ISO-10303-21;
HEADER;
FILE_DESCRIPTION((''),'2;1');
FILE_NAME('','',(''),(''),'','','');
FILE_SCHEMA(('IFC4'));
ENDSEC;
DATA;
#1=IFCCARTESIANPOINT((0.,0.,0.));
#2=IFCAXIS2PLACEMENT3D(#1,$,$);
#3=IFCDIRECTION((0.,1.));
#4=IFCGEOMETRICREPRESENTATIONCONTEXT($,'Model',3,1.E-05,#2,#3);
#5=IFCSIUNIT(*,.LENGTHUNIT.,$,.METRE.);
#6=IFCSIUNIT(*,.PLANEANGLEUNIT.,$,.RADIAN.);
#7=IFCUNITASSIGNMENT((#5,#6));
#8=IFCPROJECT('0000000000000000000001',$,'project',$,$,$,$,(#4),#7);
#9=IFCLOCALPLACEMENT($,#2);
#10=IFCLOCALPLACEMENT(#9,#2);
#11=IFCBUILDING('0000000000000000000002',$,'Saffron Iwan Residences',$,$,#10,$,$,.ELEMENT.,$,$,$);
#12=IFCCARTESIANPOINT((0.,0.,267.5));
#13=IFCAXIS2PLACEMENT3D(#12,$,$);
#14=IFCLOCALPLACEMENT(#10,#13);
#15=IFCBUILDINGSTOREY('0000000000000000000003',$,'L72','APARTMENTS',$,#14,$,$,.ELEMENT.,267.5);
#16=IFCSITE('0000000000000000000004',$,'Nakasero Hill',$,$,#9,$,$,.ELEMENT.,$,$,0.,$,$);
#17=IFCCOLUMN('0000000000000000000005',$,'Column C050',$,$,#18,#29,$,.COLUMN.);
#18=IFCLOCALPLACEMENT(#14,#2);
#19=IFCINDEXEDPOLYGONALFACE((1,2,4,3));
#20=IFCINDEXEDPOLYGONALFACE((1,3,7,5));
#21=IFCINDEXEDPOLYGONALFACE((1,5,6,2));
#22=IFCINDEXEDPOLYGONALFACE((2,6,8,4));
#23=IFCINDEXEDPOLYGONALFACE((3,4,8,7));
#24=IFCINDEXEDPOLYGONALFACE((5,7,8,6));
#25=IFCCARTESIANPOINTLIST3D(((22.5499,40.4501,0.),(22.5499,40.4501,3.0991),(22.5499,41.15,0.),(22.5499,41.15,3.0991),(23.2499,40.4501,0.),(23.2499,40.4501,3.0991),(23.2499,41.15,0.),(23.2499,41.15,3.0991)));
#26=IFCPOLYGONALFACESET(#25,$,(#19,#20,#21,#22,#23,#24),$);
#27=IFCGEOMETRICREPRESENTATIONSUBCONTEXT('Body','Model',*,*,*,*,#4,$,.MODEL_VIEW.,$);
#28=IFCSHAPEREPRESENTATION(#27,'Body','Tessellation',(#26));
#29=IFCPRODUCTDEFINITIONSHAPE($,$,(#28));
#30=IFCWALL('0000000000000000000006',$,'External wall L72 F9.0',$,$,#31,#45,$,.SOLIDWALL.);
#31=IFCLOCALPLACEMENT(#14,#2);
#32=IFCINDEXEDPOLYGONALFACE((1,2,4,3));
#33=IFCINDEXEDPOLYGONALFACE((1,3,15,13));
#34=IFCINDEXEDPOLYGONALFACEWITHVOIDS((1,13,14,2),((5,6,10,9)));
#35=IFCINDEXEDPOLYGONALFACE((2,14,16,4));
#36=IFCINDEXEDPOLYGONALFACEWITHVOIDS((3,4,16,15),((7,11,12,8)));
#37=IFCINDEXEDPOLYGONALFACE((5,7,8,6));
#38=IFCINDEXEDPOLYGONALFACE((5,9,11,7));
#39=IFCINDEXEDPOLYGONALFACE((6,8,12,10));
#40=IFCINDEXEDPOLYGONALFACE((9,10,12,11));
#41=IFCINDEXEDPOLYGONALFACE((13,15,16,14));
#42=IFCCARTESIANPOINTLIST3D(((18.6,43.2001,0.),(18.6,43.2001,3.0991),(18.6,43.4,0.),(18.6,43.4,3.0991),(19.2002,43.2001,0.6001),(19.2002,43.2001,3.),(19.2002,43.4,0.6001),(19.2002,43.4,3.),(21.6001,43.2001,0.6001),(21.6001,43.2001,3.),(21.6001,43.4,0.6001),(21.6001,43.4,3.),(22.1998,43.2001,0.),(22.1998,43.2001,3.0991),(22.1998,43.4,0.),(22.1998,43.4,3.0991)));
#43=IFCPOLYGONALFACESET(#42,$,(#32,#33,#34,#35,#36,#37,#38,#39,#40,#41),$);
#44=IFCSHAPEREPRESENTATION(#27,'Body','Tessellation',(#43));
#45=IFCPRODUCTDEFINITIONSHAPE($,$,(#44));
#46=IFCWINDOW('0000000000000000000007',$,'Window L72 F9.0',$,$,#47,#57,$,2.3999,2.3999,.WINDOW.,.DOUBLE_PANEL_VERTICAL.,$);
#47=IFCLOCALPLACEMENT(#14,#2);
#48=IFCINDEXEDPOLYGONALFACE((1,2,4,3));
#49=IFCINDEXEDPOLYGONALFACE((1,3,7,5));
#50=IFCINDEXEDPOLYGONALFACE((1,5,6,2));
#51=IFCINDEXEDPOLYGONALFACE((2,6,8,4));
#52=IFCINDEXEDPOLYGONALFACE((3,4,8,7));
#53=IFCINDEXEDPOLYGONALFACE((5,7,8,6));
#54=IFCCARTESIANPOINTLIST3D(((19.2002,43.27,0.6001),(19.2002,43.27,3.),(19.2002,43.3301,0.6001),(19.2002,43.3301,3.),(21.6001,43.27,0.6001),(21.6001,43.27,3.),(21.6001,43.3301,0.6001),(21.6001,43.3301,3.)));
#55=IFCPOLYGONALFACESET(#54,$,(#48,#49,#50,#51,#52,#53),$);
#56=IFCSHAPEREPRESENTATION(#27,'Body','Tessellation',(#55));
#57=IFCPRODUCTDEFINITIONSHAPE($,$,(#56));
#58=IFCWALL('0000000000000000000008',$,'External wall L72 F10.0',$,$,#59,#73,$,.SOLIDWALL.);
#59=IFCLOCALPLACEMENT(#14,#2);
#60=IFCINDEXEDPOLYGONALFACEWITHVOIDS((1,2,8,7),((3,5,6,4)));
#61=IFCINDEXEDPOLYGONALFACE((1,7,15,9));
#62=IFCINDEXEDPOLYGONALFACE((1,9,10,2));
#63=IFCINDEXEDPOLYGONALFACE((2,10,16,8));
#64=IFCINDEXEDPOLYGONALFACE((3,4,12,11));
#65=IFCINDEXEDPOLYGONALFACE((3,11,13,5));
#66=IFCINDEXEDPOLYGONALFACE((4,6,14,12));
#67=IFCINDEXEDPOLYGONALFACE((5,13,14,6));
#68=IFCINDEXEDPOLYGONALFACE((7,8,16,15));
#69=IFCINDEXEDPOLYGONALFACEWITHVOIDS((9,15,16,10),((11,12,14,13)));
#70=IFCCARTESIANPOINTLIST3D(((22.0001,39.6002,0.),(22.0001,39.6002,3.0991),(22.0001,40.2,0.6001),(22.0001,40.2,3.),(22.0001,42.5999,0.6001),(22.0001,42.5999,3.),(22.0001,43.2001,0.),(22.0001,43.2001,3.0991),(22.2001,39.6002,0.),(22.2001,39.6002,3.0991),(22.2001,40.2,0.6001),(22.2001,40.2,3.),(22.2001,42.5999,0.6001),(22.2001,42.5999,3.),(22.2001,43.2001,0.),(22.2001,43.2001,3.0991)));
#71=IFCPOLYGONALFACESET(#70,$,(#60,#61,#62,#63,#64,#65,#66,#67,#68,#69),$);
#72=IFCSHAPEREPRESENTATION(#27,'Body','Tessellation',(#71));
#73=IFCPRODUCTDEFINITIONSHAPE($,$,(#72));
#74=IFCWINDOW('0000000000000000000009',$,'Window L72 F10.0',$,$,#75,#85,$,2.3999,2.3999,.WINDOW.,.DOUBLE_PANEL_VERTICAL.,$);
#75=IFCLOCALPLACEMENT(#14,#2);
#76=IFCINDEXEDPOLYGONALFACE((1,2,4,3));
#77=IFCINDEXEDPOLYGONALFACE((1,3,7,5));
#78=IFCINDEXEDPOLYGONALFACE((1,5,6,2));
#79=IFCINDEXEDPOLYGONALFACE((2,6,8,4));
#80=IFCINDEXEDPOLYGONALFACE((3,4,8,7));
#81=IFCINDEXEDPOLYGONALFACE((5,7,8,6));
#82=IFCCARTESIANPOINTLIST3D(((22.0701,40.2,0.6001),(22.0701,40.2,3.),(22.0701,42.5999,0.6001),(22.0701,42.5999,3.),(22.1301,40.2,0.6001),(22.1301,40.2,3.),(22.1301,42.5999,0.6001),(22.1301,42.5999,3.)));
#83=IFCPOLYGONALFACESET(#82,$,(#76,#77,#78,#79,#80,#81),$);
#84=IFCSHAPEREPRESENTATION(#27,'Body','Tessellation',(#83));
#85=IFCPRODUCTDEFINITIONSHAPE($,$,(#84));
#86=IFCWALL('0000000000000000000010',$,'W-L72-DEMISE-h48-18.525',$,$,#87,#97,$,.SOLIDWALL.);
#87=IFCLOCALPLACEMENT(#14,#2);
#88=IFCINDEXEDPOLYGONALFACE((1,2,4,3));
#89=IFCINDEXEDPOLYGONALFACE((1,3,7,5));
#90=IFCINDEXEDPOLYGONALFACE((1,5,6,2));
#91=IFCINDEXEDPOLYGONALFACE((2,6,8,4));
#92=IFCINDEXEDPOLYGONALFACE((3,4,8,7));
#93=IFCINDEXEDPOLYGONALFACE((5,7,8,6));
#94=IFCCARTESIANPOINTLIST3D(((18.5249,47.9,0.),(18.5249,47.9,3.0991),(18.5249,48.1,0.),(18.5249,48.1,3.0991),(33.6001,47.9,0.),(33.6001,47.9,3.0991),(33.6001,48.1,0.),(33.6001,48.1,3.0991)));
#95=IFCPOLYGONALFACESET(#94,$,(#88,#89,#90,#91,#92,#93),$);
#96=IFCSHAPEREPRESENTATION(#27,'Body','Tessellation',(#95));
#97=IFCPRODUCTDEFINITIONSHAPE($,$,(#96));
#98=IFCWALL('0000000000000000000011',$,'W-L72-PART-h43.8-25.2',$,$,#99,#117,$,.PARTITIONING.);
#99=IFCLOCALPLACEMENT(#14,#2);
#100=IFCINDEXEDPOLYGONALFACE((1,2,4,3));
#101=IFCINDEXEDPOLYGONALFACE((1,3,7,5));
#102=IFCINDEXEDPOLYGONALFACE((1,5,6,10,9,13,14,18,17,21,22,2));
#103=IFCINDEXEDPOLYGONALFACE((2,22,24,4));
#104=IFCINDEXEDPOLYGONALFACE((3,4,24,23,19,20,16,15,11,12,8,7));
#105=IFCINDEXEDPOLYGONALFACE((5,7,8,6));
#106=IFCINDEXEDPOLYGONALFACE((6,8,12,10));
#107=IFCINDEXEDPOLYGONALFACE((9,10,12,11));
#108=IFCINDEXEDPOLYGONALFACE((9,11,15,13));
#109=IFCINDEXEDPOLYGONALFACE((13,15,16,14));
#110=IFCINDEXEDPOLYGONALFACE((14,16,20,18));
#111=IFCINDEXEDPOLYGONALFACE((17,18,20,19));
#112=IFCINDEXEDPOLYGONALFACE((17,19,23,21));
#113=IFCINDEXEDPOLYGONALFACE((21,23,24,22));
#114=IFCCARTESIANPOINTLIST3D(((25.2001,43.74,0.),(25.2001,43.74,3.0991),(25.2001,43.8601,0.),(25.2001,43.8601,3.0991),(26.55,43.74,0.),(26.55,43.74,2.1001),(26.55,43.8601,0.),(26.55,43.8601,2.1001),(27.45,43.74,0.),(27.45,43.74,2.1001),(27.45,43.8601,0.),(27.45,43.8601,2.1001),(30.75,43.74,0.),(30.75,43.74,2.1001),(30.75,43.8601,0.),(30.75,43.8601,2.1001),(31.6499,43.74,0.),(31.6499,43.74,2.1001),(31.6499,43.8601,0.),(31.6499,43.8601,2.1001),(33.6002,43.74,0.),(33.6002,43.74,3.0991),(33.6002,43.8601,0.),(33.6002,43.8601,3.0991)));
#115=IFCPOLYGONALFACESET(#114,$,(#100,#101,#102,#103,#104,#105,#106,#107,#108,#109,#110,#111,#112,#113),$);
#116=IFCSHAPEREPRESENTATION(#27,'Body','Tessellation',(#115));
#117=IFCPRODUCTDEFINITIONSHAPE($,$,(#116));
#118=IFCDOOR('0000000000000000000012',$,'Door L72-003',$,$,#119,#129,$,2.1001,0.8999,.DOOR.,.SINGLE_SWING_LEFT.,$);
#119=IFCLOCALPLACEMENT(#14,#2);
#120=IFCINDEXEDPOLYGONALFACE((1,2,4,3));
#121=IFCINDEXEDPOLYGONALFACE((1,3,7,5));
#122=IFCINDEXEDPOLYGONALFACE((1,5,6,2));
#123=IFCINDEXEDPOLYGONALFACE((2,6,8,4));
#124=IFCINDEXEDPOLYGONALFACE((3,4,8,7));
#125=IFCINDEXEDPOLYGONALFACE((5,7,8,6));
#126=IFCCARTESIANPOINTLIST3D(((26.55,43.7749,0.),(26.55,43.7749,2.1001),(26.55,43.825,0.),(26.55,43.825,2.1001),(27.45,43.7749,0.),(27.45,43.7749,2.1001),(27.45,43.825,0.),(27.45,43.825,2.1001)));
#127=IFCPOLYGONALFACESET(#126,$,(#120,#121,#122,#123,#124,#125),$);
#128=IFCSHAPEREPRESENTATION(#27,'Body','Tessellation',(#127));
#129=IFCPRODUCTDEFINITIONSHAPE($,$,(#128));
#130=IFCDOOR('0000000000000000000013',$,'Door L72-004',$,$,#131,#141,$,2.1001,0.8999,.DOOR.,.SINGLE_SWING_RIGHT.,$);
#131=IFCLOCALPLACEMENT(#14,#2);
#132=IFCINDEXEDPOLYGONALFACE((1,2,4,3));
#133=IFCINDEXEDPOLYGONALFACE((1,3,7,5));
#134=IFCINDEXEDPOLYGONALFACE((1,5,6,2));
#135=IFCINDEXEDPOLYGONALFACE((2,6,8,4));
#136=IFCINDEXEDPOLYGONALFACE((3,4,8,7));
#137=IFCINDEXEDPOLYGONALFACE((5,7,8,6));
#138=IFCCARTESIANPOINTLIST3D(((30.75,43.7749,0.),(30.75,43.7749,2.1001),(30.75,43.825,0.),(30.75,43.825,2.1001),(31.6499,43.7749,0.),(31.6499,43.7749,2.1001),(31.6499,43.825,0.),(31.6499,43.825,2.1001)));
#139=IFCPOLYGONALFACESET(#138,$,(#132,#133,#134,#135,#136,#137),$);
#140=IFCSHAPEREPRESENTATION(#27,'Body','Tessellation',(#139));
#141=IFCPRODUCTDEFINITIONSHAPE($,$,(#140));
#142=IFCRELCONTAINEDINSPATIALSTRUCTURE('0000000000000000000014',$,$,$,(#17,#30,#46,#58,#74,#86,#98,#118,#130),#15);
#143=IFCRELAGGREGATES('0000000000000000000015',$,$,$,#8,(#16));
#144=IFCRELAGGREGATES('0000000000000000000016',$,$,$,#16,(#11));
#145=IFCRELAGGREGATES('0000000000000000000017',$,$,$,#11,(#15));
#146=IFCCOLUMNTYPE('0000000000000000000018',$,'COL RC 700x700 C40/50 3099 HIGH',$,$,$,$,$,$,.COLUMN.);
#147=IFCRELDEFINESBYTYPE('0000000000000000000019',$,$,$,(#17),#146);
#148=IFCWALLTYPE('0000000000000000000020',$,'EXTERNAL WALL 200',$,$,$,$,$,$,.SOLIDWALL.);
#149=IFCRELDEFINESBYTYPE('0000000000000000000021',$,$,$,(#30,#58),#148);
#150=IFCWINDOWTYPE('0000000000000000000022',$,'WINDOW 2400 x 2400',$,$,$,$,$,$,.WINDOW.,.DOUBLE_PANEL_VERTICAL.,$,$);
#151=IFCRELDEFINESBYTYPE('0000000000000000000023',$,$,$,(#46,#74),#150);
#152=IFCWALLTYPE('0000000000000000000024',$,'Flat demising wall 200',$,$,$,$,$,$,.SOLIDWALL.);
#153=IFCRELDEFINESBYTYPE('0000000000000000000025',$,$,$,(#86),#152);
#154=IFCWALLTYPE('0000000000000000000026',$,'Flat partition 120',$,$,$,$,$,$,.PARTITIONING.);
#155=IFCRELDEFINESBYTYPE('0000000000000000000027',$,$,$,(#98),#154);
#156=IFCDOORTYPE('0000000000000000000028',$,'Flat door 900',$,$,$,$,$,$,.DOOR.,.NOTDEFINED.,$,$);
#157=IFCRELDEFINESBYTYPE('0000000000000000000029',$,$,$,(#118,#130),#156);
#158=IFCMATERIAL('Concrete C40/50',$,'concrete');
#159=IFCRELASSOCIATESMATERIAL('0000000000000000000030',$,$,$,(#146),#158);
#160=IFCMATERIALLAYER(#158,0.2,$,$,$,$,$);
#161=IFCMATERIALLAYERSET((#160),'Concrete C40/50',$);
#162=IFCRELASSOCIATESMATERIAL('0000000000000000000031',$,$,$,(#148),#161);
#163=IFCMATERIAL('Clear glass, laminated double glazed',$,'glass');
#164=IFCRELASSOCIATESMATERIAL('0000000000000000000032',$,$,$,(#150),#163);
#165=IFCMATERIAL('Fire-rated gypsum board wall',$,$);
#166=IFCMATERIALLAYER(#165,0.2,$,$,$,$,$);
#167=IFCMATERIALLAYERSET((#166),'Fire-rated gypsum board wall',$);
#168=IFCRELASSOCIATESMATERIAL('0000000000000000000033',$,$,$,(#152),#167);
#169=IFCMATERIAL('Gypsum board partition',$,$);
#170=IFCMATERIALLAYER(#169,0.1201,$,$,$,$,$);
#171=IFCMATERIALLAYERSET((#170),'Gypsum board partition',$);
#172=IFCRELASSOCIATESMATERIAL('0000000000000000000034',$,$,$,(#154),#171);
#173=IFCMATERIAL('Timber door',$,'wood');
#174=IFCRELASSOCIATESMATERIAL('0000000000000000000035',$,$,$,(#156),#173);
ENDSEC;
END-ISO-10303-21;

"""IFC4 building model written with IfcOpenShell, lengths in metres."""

from ifc_helpers import new_model, si_unit, direction, frame, frame_2d, origin, origin_2d, place, context, subcontext, project, spatial, rectangle, extrude, source, transform, mapped, material, layer, layer_set, material_profile, profile_set, type_object, element, fill, save


model = new_model("IFC4")

# Units and contexts
model_context = context("Model", 3, precision=1e-05, world=origin(), true_north=direction((0.0, 1.0)))
body_context = subcontext(model_context, "Body", "Model", "MODEL_VIEW")
ifc_project = project(units=[si_unit("LENGTHUNIT", "METRE"), si_unit("PLANEANGLEUNIT", "RADIAN")], contexts=[model_context])

# Site, building, storey
site_placement = place(None, origin())
site = spatial("IfcSite", under=ifc_project, at=site_placement, Name="Nakasero Hill", CompositionType="ELEMENT", RefElevation=0.0)
building_placement = place(site_placement, origin())
building = spatial("IfcBuilding", under=site, at=building_placement, Name="Saffron Iwan Residences", CompositionType="ELEMENT")
storey_placement = place(building_placement, frame((0.0, 0.0, 267.5)))
storey = spatial("IfcBuildingStorey", under=building, at=storey_placement, Name="L72", Description="APARTMENTS", CompositionType="ELEMENT", Elevation=267.5)

# Column
ifc_material_1 = material(Name="Concrete C40/50", Category="concrete")
ifc_material_profile = material_profile(ifc_material_1, rectangle(XDim=0.7, YDim=0.7, at=origin_2d()), Name="RC 700x700")
ifc_profile_set = profile_set([ifc_material_profile], Name="Concrete C40/50")
column_type = type_object("IfcColumnType", Name="COL RC 700x700 C40/50 3099 HIGH", PredefinedType="COLUMN", material=ifc_profile_set)
shared_shape = source(origin(), body_context, "Body", "SweptSolid", [
    extrude(rectangle(XDim=0.7, YDim=0.7, at=origin_2d()), origin(), (0.0, 0.0, 1.0), 3.0991),
])
column_placement = place(storey_placement, frame((22.8999, 40.8, 0.0), z_axis=(0.0, 0.0, 1.0), x_axis=(1.0, 0.0, 0.0)))
element("IfcColumn", 1, at=column_placement, inside=storey, type_object=column_type, Name="Column C050", PredefinedType="COLUMN", context=body_context, shape_type="MappedRepresentation", body=[
    mapped(shared_shape, transform((0.0, 0.0, 0.0))),
])

# Walls, openings, windows
ifc_layer_1 = layer(ifc_material_1, 0.2)
ifc_layer_set_1 = layer_set([ifc_layer_1], Name="Concrete C40/50")
wall_type_1 = type_object("IfcWallType", Name="EXTERNAL WALL 200", PredefinedType="SOLIDWALL", material=ifc_layer_set_1)
wall_1_placement = place(storey_placement, frame((18.6001, 43.3, 0.0), z_axis=(0.0, 0.0, 1.0), x_axis=(1.0, 0.0, 0.0)))
wall_1 = element("IfcWall", 2, at=wall_1_placement, inside=storey, type_object=wall_type_1, Name="External wall L72 F9.0", PredefinedType="SOLIDWALL", context=body_context, shape_type="SweptSolid", body=[
    extrude(rectangle(XDim=3.5999, YDim=0.2, at=frame_2d((1.7998, 0.0))), origin(), (0.0, 0.0, 1.0), 3.0991),
])
opening_1_placement = place(wall_1_placement, frame((0.6001, 0.0, 0.6001)))
opening_1 = element("IfcOpeningElement", 3, at=opening_1_placement, cuts=wall_1, PredefinedType="OPENING", context=body_context, shape_type="SweptSolid", body=[
    extrude(rectangle(XDim=2.3999, YDim=2.3999, at=frame_2d((1.2, 1.2))), frame((0.0, 0.1099, 0.0), z_axis=(0.0, -1.0, 0.0), x_axis=(1.0, 0.0, 0.0)), (0.0, 0.0, 1.0), 0.22),
])
ifc_material_2 = material(Name="Clear glass, laminated double glazed", Category="glass")
window_type = type_object("IfcWindowType", Name="WINDOW 2400 x 2400", PartitioningType="DOUBLE_PANEL_VERTICAL", PredefinedType="WINDOW", material=ifc_material_2)
window_1_placement = place(opening_1_placement, origin())
window_1 = element("IfcWindow", 4, at=window_1_placement, inside=storey, type_object=window_type, Name="Window L72 F9.0", OverallHeight=2.3999, OverallWidth=2.3999, PartitioningType="DOUBLE_PANEL_VERTICAL", PredefinedType="WINDOW", context=body_context, shape_type="SweptSolid", body=[
    extrude(rectangle(XDim=2.3999, YDim=2.3999, at=frame_2d((1.2, 1.2))), frame((0.0, 0.03, 0.0), z_axis=(0.0, -1.0, 0.0), x_axis=(1.0, 0.0, 0.0)), (0.0, 0.0, 1.0), 0.0601),
])
fill(opening_1, window_1)
wall_2_placement = place(storey_placement, frame((22.1001, 43.2, 0.0), z_axis=(0.0, 0.0, 1.0), x_axis=(0.0, -1.0, 0.0)))
wall_2 = element("IfcWall", 5, at=wall_2_placement, inside=storey, type_object=wall_type_1, Name="External wall L72 F10.0", PredefinedType="SOLIDWALL", context=body_context, shape_type="SweptSolid", body=[
    extrude(rectangle(XDim=3.5999, YDim=0.2, at=frame_2d((1.7998, 0.0))), origin(), (0.0, 0.0, 1.0), 3.0991),
])
opening_2_placement = place(wall_2_placement, frame((0.6001, 0.0, 0.6001)))
opening_2 = element("IfcOpeningElement", 6, at=opening_2_placement, cuts=wall_2, PredefinedType="OPENING", context=body_context, shape_type="SweptSolid", body=[
    extrude(rectangle(XDim=2.3999, YDim=2.3999, at=frame_2d((1.2, 1.2))), frame((0.0, 0.1099, 0.0), z_axis=(0.0, -1.0, 0.0), x_axis=(1.0, 0.0, 0.0)), (0.0, 0.0, 1.0), 0.22),
])
window_2_placement = place(opening_2_placement, origin())
window_2 = element("IfcWindow", 7, at=window_2_placement, inside=storey, type_object=window_type, Name="Window L72 F10.0", OverallHeight=2.3999, OverallWidth=2.3999, PartitioningType="DOUBLE_PANEL_VERTICAL", PredefinedType="WINDOW", context=body_context, shape_type="SweptSolid", body=[
    extrude(rectangle(XDim=2.3999, YDim=2.3999, at=frame_2d((1.2, 1.2))), frame((0.0, 0.03, 0.0), z_axis=(0.0, -1.0, 0.0), x_axis=(1.0, 0.0, 0.0)), (0.0, 0.0, 1.0), 0.0601),
])
fill(opening_2, window_2)

# Wall
ifc_material_3 = material(Name="Fire-rated gypsum board wall")
ifc_layer_2 = layer(ifc_material_3, 0.2)
ifc_layer_set_2 = layer_set([ifc_layer_2], Name="Fire-rated gypsum board wall")
wall_type_2 = type_object("IfcWallType", Name="Flat demising wall 200", PredefinedType="SOLIDWALL", material=ifc_layer_set_2)
wall_3_placement = place(storey_placement, frame((18.5249, 48.0, 0.0), z_axis=(0.0, 0.0, 1.0), x_axis=(1.0, 0.0, 0.0)))
element("IfcWall", 8, at=wall_3_placement, inside=storey, type_object=wall_type_2, Name="W-L72-DEMISE-h48-18.525", PredefinedType="SOLIDWALL", context=body_context, shape_type="SweptSolid", body=[
    extrude(rectangle(XDim=15.0752, YDim=0.2, at=frame_2d((7.5376, 0.0))), origin(), (0.0, 0.0, 1.0), 3.0991),
])

# Wall, openings, doors
ifc_material_4 = material(Name="Gypsum board partition")
ifc_layer_3 = layer(ifc_material_4, 0.1201)
ifc_layer_set_3 = layer_set([ifc_layer_3], Name="Gypsum board partition")
wall_type_3 = type_object("IfcWallType", Name="Flat partition 120", PredefinedType="PARTITIONING", material=ifc_layer_set_3)
wall_4_placement = place(storey_placement, frame((25.2, 43.8, 0.0), z_axis=(0.0, 0.0, 1.0), x_axis=(1.0, 0.0, 0.0)))
wall_4 = element("IfcWall", 9, at=wall_4_placement, inside=storey, type_object=wall_type_3, Name="W-L72-PART-h43.8-25.2", PredefinedType="PARTITIONING", context=body_context, shape_type="SweptSolid", body=[
    extrude(rectangle(XDim=8.4001, YDim=0.1201, at=frame_2d((4.2002, 0.0))), origin(), (0.0, 0.0, 1.0), 3.0991),
])
opening_3_placement = place(wall_4_placement, frame((1.3501, 0.0, 0.0)))
opening_3 = element("IfcOpeningElement", 10, at=opening_3_placement, cuts=wall_4, PredefinedType="OPENING", context=body_context, shape_type="SweptSolid", body=[
    extrude(rectangle(XDim=0.8999, YDim=2.1001, at=frame_2d((0.45, 1.05))), frame((0.0, 0.0701, 0.0), z_axis=(0.0, -1.0, 0.0), x_axis=(1.0, 0.0, 0.0)), (0.0, 0.0, 1.0), 0.1401),
])
opening_4_placement = place(wall_4_placement, frame((5.55, 0.0, 0.0)))
opening_4 = element("IfcOpeningElement", 11, at=opening_4_placement, cuts=wall_4, PredefinedType="OPENING", context=body_context, shape_type="SweptSolid", body=[
    extrude(rectangle(XDim=0.8999, YDim=2.1001, at=frame_2d((0.45, 1.05))), frame((0.0, 0.0701, 0.0), z_axis=(0.0, -1.0, 0.0), x_axis=(1.0, 0.0, 0.0)), (0.0, 0.0, 1.0), 0.1401),
])
ifc_material_5 = material(Name="Timber door", Category="wood")
door_type = type_object("IfcDoorType", Name="Flat door 900", OperationType="NOTDEFINED", PredefinedType="DOOR", material=ifc_material_5)
door_1_placement = place(opening_3_placement, origin())
door_1 = element("IfcDoor", 12, at=door_1_placement, inside=storey, type_object=door_type, Name="Door L72-003", OperationType="SINGLE_SWING_LEFT", OverallHeight=2.1001, OverallWidth=0.8999, PredefinedType="DOOR", context=body_context, shape_type="SweptSolid", body=[
    extrude(rectangle(XDim=0.8999, YDim=2.1001, at=frame_2d((0.45, 1.05))), frame((0.0, 0.0249, 0.0), z_axis=(0.0, -1.0, 0.0), x_axis=(1.0, 0.0, 0.0)), (0.0, 0.0, 1.0), 0.05),
])
fill(opening_3, door_1)
door_2_placement = place(opening_4_placement, origin())
door_2 = element("IfcDoor", 13, at=door_2_placement, inside=storey, type_object=door_type, Name="Door L72-004", OperationType="SINGLE_SWING_RIGHT", OverallHeight=2.1001, OverallWidth=0.8999, PredefinedType="DOOR", context=body_context, shape_type="SweptSolid", body=[
    extrude(rectangle(XDim=0.8999, YDim=2.1001, at=frame_2d((0.45, 1.05))), frame((0.0, 0.0249, 0.0), z_axis=(0.0, -1.0, 0.0), x_axis=(1.0, 0.0, 0.0)), (0.0, 0.0, 1.0), 0.05),
])
fill(opening_4, door_2)

save(model, "model.ifc")
